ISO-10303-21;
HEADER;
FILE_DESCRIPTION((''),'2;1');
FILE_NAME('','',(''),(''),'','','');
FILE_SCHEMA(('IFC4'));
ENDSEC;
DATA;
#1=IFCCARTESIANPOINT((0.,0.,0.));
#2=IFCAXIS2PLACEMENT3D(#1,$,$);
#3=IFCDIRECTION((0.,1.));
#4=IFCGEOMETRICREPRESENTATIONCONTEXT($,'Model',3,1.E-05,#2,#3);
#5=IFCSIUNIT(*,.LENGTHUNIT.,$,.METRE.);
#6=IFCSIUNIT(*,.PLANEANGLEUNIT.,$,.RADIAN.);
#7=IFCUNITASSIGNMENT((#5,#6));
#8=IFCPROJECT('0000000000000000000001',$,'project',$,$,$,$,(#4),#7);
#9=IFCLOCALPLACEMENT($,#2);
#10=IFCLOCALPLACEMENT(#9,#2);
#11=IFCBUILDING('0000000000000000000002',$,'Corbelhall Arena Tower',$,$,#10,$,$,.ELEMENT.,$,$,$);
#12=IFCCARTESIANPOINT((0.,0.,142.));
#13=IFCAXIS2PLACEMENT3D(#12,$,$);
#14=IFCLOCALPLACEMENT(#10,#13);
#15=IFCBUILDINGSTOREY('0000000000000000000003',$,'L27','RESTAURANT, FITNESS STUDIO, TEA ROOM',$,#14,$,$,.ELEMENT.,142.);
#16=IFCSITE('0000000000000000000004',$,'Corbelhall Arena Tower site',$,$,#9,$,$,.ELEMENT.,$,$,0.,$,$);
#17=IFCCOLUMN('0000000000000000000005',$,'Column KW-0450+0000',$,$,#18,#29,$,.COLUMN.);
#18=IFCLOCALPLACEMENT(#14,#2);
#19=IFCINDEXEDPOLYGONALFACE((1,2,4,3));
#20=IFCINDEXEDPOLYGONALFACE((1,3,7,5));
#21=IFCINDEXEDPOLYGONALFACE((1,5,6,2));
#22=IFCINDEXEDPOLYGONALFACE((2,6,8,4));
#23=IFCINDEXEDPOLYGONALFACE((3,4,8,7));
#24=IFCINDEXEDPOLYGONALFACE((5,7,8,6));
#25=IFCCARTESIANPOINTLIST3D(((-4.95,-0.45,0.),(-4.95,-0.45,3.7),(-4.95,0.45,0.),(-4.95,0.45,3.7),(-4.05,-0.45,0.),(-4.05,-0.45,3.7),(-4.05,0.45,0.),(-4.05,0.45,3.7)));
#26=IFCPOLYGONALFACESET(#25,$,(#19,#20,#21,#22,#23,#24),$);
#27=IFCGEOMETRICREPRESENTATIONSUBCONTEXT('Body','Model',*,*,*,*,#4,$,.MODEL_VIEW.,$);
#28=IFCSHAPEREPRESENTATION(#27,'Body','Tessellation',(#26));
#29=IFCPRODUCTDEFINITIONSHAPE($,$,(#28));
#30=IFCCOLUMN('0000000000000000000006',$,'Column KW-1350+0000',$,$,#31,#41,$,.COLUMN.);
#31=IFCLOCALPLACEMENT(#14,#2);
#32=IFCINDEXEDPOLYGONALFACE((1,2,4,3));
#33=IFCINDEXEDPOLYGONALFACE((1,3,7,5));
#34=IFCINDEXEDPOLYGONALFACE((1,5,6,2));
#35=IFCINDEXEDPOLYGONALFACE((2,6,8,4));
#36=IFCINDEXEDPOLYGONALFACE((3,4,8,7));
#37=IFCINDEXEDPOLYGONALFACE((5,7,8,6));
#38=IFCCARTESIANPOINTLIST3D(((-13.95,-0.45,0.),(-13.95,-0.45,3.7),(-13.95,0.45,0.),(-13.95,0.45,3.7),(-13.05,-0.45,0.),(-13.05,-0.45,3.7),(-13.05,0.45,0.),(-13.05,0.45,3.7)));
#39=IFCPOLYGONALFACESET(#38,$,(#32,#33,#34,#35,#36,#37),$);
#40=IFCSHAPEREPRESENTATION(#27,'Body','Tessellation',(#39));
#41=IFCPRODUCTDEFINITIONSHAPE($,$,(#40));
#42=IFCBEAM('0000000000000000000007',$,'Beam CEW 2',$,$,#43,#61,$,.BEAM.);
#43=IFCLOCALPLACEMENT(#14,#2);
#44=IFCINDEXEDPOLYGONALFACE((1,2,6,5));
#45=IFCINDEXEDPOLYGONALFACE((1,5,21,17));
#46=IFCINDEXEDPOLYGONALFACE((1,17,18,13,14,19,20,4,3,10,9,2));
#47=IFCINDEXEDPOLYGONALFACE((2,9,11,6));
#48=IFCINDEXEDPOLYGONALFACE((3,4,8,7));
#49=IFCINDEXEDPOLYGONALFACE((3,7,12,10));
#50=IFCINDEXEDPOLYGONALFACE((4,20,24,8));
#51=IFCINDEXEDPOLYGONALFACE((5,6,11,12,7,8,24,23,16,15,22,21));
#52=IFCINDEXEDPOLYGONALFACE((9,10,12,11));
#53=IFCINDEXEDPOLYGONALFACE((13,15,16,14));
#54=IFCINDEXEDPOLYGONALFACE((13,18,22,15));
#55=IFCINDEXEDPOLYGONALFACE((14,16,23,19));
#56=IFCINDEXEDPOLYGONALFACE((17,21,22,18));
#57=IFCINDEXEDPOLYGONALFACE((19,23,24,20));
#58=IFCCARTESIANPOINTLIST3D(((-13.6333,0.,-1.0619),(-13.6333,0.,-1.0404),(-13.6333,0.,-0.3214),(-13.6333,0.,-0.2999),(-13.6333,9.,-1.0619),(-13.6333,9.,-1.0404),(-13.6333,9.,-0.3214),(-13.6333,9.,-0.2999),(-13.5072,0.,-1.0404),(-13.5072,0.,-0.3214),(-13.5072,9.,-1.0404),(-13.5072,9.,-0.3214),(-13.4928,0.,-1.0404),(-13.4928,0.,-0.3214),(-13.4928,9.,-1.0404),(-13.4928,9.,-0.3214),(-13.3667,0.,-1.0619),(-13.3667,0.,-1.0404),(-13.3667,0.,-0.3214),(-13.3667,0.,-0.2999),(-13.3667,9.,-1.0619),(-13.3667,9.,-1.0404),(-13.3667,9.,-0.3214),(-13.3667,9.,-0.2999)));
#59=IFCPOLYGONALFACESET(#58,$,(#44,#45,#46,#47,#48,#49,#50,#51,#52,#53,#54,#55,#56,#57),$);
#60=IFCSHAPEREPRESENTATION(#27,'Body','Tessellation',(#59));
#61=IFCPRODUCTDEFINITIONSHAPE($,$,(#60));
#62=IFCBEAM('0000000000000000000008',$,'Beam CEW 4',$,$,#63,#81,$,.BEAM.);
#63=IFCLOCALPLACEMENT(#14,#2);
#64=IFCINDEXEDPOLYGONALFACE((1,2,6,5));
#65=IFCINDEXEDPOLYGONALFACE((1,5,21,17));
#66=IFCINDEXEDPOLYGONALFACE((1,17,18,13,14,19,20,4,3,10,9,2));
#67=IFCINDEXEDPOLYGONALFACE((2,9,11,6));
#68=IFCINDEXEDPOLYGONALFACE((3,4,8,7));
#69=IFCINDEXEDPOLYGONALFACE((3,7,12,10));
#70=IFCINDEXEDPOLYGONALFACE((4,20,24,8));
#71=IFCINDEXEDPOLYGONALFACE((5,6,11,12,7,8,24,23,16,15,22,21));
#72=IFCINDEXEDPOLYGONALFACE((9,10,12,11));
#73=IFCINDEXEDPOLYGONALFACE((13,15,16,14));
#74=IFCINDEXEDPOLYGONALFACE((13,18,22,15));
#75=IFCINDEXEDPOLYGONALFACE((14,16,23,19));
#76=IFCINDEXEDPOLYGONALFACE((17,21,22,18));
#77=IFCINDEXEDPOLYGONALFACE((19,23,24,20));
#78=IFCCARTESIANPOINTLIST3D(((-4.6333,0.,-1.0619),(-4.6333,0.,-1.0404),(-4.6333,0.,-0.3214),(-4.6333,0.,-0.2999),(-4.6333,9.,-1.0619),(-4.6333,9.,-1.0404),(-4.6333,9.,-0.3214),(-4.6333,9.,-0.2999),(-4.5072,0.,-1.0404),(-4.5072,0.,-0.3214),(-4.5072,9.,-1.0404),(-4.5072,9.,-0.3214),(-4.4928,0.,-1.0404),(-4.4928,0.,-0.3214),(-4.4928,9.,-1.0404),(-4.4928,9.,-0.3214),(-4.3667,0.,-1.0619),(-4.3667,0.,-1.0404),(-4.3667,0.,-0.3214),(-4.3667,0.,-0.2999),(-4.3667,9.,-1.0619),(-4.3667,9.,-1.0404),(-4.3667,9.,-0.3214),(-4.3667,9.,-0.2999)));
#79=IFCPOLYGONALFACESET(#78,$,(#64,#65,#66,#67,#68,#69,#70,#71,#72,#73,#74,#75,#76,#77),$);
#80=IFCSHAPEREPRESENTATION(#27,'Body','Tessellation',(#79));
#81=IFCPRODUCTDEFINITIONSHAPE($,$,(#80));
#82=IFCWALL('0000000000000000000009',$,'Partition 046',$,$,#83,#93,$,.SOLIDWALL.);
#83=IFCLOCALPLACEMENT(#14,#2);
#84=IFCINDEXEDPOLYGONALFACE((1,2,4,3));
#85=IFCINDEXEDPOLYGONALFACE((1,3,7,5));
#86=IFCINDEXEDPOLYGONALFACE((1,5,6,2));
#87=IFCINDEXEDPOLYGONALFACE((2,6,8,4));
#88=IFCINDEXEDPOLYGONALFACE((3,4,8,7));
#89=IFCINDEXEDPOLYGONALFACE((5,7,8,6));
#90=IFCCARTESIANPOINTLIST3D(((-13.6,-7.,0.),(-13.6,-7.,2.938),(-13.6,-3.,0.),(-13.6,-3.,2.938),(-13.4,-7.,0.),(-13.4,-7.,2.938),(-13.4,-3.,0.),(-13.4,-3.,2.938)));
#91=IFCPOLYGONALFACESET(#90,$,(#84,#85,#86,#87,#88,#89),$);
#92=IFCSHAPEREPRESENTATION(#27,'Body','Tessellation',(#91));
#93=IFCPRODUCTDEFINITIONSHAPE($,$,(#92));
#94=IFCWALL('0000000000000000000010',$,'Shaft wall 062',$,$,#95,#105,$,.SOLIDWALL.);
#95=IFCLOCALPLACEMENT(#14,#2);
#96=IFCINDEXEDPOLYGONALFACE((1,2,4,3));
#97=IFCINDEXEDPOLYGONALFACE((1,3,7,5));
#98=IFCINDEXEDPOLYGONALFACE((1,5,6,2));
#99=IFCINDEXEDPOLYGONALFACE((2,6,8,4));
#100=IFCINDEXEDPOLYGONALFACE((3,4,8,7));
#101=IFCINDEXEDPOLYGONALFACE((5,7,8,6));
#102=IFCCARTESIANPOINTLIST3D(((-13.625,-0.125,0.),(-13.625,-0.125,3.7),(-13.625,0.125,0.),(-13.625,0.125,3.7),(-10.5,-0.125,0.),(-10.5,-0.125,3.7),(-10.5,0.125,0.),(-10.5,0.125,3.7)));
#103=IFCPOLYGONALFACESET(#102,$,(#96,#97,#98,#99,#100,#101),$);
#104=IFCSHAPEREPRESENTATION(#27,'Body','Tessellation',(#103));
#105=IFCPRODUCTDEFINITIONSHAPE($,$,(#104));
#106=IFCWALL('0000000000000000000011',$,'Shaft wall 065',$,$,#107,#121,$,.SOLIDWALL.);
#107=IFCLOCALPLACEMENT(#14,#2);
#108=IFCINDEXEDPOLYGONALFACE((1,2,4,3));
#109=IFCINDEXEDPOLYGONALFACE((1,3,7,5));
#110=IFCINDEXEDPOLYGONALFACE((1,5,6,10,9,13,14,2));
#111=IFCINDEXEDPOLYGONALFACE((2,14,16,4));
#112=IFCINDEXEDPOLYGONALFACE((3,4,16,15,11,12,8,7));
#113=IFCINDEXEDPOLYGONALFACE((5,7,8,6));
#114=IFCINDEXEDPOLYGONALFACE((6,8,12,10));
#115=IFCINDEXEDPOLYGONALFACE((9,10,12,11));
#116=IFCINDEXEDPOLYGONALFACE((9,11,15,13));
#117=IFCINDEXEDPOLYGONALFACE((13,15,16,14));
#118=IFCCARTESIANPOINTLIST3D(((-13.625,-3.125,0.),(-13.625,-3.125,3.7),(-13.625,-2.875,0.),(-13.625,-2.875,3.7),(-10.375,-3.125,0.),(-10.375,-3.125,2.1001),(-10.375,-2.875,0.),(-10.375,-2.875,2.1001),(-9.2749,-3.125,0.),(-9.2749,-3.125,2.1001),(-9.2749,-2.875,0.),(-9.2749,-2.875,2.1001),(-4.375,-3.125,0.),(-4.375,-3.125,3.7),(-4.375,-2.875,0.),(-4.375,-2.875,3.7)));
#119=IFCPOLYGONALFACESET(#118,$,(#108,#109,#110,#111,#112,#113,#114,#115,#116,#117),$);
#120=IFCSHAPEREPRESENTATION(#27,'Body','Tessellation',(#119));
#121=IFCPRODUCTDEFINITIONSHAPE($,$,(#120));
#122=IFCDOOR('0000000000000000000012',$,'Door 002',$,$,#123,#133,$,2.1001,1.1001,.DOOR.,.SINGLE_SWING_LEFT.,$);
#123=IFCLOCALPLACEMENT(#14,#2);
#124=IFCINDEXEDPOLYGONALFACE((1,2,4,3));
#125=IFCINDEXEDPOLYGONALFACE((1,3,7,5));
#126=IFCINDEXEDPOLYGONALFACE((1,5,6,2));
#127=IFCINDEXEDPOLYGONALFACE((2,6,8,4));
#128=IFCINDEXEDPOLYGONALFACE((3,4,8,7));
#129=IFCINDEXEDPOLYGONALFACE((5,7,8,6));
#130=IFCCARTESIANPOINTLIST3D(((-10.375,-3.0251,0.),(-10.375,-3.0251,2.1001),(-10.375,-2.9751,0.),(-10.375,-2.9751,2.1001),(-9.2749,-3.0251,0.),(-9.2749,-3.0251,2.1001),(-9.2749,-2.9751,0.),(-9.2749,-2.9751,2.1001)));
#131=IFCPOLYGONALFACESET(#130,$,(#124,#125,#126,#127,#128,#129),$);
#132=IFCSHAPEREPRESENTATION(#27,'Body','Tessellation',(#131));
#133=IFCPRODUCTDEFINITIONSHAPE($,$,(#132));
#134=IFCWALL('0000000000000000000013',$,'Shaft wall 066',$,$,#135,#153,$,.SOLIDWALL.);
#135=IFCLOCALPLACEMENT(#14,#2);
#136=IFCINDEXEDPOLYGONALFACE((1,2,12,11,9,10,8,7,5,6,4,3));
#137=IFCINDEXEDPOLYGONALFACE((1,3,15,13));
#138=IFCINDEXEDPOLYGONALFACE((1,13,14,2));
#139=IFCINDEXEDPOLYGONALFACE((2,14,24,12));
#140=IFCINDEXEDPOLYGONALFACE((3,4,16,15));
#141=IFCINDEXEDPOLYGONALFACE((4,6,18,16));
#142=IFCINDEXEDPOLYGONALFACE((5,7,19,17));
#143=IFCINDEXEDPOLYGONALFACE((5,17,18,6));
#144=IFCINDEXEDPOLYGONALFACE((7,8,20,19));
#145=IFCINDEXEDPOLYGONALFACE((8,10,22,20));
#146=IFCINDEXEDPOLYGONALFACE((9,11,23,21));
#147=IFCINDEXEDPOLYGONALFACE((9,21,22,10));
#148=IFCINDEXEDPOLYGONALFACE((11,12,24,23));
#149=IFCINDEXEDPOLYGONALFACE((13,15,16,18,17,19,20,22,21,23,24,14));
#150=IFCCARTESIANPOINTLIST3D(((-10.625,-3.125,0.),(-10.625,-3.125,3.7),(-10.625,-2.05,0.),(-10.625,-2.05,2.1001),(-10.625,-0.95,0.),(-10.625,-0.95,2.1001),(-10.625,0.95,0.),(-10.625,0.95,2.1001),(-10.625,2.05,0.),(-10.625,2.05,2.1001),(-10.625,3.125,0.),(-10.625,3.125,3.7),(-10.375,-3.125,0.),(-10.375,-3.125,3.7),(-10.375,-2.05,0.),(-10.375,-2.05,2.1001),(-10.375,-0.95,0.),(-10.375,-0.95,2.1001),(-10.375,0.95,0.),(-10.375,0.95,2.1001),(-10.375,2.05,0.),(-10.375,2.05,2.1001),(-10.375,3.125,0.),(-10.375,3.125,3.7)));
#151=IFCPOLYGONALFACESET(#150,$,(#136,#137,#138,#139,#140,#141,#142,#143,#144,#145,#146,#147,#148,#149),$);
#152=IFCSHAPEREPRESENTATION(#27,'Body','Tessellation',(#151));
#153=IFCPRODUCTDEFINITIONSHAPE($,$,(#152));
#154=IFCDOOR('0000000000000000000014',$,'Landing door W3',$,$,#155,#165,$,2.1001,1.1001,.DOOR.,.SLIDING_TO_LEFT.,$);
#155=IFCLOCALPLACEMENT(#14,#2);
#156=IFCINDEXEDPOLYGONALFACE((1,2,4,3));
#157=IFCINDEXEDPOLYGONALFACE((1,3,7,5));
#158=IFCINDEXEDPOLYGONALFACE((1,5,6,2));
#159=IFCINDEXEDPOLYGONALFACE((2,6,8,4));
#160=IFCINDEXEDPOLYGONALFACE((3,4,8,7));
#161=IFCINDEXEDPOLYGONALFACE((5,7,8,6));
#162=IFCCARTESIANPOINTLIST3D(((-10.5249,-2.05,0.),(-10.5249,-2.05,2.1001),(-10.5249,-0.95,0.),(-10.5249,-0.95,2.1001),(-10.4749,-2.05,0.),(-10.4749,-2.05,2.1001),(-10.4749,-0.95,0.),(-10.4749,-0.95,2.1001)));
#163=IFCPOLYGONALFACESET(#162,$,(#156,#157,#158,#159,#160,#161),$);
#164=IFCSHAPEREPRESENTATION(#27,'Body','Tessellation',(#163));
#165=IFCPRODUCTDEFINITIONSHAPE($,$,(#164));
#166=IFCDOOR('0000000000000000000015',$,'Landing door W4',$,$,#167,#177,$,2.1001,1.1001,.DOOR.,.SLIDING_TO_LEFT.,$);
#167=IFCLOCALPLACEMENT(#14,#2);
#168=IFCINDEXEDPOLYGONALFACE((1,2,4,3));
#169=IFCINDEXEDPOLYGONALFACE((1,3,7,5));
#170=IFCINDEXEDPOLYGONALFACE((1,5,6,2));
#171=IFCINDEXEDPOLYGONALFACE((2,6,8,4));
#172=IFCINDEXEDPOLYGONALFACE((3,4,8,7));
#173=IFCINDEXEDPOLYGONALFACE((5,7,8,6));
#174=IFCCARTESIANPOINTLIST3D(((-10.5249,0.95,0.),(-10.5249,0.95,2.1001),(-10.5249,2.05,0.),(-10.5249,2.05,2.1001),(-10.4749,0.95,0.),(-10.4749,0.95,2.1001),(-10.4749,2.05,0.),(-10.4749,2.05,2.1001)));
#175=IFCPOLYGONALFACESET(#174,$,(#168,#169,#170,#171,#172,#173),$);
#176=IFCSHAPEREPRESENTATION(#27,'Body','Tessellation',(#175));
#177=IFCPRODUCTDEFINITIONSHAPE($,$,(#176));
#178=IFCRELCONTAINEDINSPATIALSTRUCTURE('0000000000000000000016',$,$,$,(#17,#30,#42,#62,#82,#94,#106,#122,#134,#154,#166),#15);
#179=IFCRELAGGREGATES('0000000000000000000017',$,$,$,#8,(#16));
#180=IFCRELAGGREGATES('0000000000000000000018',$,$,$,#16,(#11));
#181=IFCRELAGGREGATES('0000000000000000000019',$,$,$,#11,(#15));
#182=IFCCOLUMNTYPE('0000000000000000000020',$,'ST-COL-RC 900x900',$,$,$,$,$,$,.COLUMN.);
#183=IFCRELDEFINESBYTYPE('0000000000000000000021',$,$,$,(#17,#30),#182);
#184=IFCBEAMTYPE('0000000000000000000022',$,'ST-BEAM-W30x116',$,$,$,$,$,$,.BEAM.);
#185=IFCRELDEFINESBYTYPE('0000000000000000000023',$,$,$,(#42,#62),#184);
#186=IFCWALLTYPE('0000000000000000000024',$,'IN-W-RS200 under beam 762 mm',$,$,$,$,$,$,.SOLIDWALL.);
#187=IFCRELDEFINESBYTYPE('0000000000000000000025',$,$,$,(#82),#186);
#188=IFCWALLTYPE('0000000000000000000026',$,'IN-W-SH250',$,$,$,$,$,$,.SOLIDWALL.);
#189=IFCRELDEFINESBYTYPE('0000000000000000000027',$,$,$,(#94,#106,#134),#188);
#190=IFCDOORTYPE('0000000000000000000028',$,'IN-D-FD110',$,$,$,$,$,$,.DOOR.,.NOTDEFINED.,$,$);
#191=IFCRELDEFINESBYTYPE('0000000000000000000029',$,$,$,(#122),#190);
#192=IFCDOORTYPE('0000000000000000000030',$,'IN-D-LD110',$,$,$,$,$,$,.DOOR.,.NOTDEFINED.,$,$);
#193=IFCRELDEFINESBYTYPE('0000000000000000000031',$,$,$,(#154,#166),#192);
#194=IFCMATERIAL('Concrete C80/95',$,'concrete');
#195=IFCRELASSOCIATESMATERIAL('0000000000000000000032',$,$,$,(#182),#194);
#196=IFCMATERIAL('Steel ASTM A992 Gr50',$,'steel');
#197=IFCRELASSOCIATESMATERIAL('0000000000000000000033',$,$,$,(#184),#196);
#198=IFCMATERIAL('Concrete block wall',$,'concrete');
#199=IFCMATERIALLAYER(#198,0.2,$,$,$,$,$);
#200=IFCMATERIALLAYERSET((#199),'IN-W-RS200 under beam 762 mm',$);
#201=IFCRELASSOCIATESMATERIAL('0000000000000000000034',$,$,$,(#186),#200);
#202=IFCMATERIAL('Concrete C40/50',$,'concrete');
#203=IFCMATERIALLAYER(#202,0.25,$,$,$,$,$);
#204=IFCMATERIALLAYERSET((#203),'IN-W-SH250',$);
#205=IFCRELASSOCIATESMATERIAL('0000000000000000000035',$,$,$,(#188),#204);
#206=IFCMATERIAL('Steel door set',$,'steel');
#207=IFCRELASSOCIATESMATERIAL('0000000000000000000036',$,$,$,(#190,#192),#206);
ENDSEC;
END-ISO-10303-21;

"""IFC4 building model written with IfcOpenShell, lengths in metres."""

from ifc_helpers import new_model, si_unit, direction, frame, frame_2d, origin, origin_2d, place, context, subcontext, project, spatial, rectangle, i_section, extrude, material, layer, layer_set, material_profile, profile_set, type_object, element, fill, save


model = new_model("IFC4")

# Units and contexts
model_context = context("Model", 3, precision=1e-05, world=origin(), true_north=direction((0.0, 1.0)))
body_context = subcontext(model_context, "Body", "Model", "MODEL_VIEW")
ifc_project = project(units=[si_unit("LENGTHUNIT", "METRE"), si_unit("PLANEANGLEUNIT", "RADIAN")], contexts=[model_context])

# Site, building, storey
site_placement = place(None, origin())
site = spatial("IfcSite", under=ifc_project, at=site_placement, Name="Corbelhall Arena Tower site", CompositionType="ELEMENT", RefElevation=0.0)
building_placement = place(site_placement, origin())
building = spatial("IfcBuilding", under=site, at=building_placement, Name="Corbelhall Arena Tower", CompositionType="ELEMENT")
storey_placement = place(building_placement, frame((0.0, 0.0, 142.0)))
storey = spatial("IfcBuildingStorey", under=building, at=storey_placement, Name="L27", Description="RESTAURANT, FITNESS STUDIO, TEA ROOM", CompositionType="ELEMENT", Elevation=142.0)

# Columns
ifc_material_1 = material(Name="Concrete C80/95", Category="concrete")
ifc_material_profile_1 = material_profile(ifc_material_1, rectangle(XDim=0.8999, YDim=0.8999, at=origin_2d()))
ifc_profile_set_1 = profile_set([ifc_material_profile_1], Name="Concrete C80/95")
column_type = type_object("IfcColumnType", Name="ST-COL-RC 900x900", PredefinedType="COLUMN", material=ifc_profile_set_1)
for number, where, z_axis, x_axis, name in (
    (1, (-4.5, 0.0, 0.0), (0.0, 0.0, 1.0), (1.0, 0.0, 0.0), "Column KW-0450+0000"),
    (2, (-13.5, 0.0, 0.0), (0.0, 0.0, 1.0), (1.0, 0.0, 0.0), "Column KW-1350+0000"),
):
    element("IfcColumn", number, at=place(storey_placement, frame(where, z_axis=z_axis, x_axis=x_axis)), inside=storey, type_object=column_type, Name=name, PredefinedType="COLUMN", context=body_context, shape_type="SweptSolid", body=[
        extrude(rectangle(XDim=0.8999, YDim=0.8999, at=origin_2d()), origin(), (0.0, 0.0, 1.0), 3.7),
    ])

# Beams
ifc_material_2 = material(Name="Steel ASTM A992 Gr50", Category="steel")
ifc_material_profile_2 = material_profile(ifc_material_2, i_section(OverallWidth=0.2666, OverallDepth=0.762, WebThickness=0.0144, FlangeThickness=0.0215, at=origin_2d()))
ifc_profile_set_2 = profile_set([ifc_material_profile_2], Name="Steel ASTM A992 Gr50")
beam_type = type_object("IfcBeamType", Name="ST-BEAM-W30x116", PredefinedType="BEAM", material=ifc_profile_set_2)
for number, where, z_axis, x_axis, name in (
    (3, (-13.5, 0.0, -0.6809), (0.0, 1.0, 0.0), (-1.0, 0.0, 0.0), "Beam CEW 2"),
    (4, (-4.5, 0.0, -0.6809), (0.0, 1.0, 0.0), (-1.0, 0.0, 0.0), "Beam CEW 4"),
):
    element("IfcBeam", number, at=place(storey_placement, frame(where, z_axis=z_axis, x_axis=x_axis)), inside=storey, type_object=beam_type, Name=name, PredefinedType="BEAM", context=body_context, shape_type="SweptSolid", body=[
        extrude(i_section(OverallWidth=0.2666, OverallDepth=0.762, WebThickness=0.0144, FlangeThickness=0.0215, at=origin_2d()), origin(), (0.0, 0.0, 1.0), 9.0),
    ])

# Walls
ifc_material_3 = material(Name="Concrete block wall", Category="concrete")
ifc_layer_1 = layer(ifc_material_3, 0.2)
ifc_layer_set_1 = layer_set([ifc_layer_1], Name="IN-W-RS200 under beam 762 mm")
wall_type_1 = type_object("IfcWallType", Name="IN-W-RS200 under beam 762 mm", PredefinedType="SOLIDWALL", material=ifc_layer_set_1)
wall_1_placement = place(storey_placement, frame((-13.5, -7.0, 0.0), z_axis=(0.0, 0.0, 1.0), x_axis=(0.0, 1.0, 0.0)))
element("IfcWall", 5, at=wall_1_placement, inside=storey, type_object=wall_type_1, Name="Partition 046", PredefinedType="SOLIDWALL", context=body_context, shape_type="SweptSolid", body=[
    extrude(rectangle(XDim=4.0, YDim=0.2, at=frame_2d((2.0, 0.0))), origin(), (0.0, 0.0, 1.0), 2.938),
])
ifc_material_4 = material(Name="Concrete C40/50", Category="concrete")
ifc_layer_2 = layer(ifc_material_4, 0.25)
ifc_layer_set_2 = layer_set([ifc_layer_2], Name="IN-W-SH250")
wall_type_2 = type_object("IfcWallType", Name="IN-W-SH250", PredefinedType="SOLIDWALL", material=ifc_layer_set_2)
wall_2_placement = place(storey_placement, frame((-13.625, 0.0, 0.0), z_axis=(0.0, 0.0, 1.0), x_axis=(1.0, 0.0, 0.0)))
element("IfcWall", 6, at=wall_2_placement, inside=storey, type_object=wall_type_2, Name="Shaft wall 062", PredefinedType="SOLIDWALL", context=body_context, shape_type="SweptSolid", body=[
    extrude(rectangle(XDim=3.125, YDim=0.25, at=frame_2d((1.5625, 0.0))), origin(), (0.0, 0.0, 1.0), 3.7),
])

# Wall, opening, door
wall_3_placement = place(storey_placement, frame((-13.625, -3.0, 0.0), z_axis=(0.0, 0.0, 1.0), x_axis=(1.0, 0.0, 0.0)))
wall_3 = element("IfcWall", 7, at=wall_3_placement, inside=storey, type_object=wall_type_2, Name="Shaft wall 065", PredefinedType="SOLIDWALL", context=body_context, shape_type="SweptSolid", body=[
    extrude(rectangle(XDim=9.25, YDim=0.25, at=frame_2d((4.625, 0.0))), origin(), (0.0, 0.0, 1.0), 3.7),
])
opening_1_placement = place(wall_3_placement, frame((3.25, 0.0, 0.0)))
opening_1 = element("IfcOpeningElement", 8, at=opening_1_placement, cuts=wall_3, PredefinedType="OPENING", context=body_context, shape_type="SweptSolid", body=[
    extrude(rectangle(XDim=1.1001, YDim=2.1001, at=frame_2d((0.55, 1.05))), frame((0.0, 0.125, 0.0), z_axis=(0.0, -1.0, 0.0), x_axis=(1.0, 0.0, 0.0)), (0.0, 0.0, 1.0), 0.25),
])
ifc_material_5 = material(Name="Steel door set", Category="steel")
door_type_1 = type_object("IfcDoorType", Name="IN-D-FD110", OperationType="NOTDEFINED", PredefinedType="DOOR", material=ifc_material_5)
door_1_placement = place(opening_1_placement, origin())
door_1 = element("IfcDoor", 9, at=door_1_placement, inside=storey, type_object=door_type_1, Name="Door 002", OperationType="SINGLE_SWING_LEFT", OverallHeight=2.1001, OverallWidth=1.1001, PredefinedType="DOOR", context=body_context, shape_type="SweptSolid", body=[
    extrude(rectangle(XDim=1.1001, YDim=2.1001, at=frame_2d((0.55, 1.05))), frame((0.0, 0.0249, 0.0), z_axis=(0.0, -1.0, 0.0), x_axis=(1.0, 0.0, 0.0)), (0.0, 0.0, 1.0), 0.05),
])
fill(opening_1, door_1)

# Wall, openings, doors
wall_4_placement = place(storey_placement, frame((-10.5, -3.125, 0.0), z_axis=(0.0, 0.0, 1.0), x_axis=(0.0, 1.0, 0.0)))
wall_4 = element("IfcWall", 10, at=wall_4_placement, inside=storey, type_object=wall_type_2, Name="Shaft wall 066", PredefinedType="SOLIDWALL", context=body_context, shape_type="SweptSolid", body=[
    extrude(rectangle(XDim=6.25, YDim=0.25, at=frame_2d((3.125, 0.0))), origin(), (0.0, 0.0, 1.0), 3.7),
])
opening_2_placement = place(wall_4_placement, frame((1.075, 0.0, 0.0)))
opening_2 = element("IfcOpeningElement", 11, at=opening_2_placement, cuts=wall_4, PredefinedType="OPENING", context=body_context, shape_type="SweptSolid", body=[
    extrude(rectangle(XDim=1.1001, YDim=2.1001, at=frame_2d((0.55, 1.05))), frame((0.0, 0.125, 0.0), z_axis=(0.0, -1.0, 0.0), x_axis=(1.0, 0.0, 0.0)), (0.0, 0.0, 1.0), 0.25),
])
opening_3_placement = place(wall_4_placement, frame((4.075, 0.0, 0.0)))
opening_3 = element("IfcOpeningElement", 12, at=opening_3_placement, cuts=wall_4, PredefinedType="OPENING", context=body_context, shape_type="SweptSolid", body=[
    extrude(rectangle(XDim=1.1001, YDim=2.1001, at=frame_2d((0.55, 1.05))), frame((0.0, 0.125, 0.0), z_axis=(0.0, -1.0, 0.0), x_axis=(1.0, 0.0, 0.0)), (0.0, 0.0, 1.0), 0.25),
])
door_type_2 = type_object("IfcDoorType", Name="IN-D-LD110", OperationType="NOTDEFINED", PredefinedType="DOOR", material=ifc_material_5)
door_2_placement = place(opening_2_placement, origin())
door_2 = element("IfcDoor", 13, at=door_2_placement, inside=storey, type_object=door_type_2, Name="Landing door W3", OperationType="SLIDING_TO_LEFT", OverallHeight=2.1001, OverallWidth=1.1001, PredefinedType="DOOR", context=body_context, shape_type="SweptSolid", body=[
    extrude(rectangle(XDim=1.1001, YDim=2.1001, at=frame_2d((0.55, 1.05))), frame((0.0, 0.0249, 0.0), z_axis=(0.0, -1.0, 0.0), x_axis=(1.0, 0.0, 0.0)), (0.0, 0.0, 1.0), 0.05),
])
fill(opening_2, door_2)
door_3_placement = place(opening_3_placement, origin())
door_3 = element("IfcDoor", 14, at=door_3_placement, inside=storey, type_object=door_type_2, Name="Landing door W4", OperationType="SLIDING_TO_LEFT", OverallHeight=2.1001, OverallWidth=1.1001, PredefinedType="DOOR", context=body_context, shape_type="SweptSolid", body=[
    extrude(rectangle(XDim=1.1001, YDim=2.1001, at=frame_2d((0.55, 1.05))), frame((0.0, 0.0249, 0.0), z_axis=(0.0, -1.0, 0.0), x_axis=(1.0, 0.0, 0.0)), (0.0, 0.0, 1.0), 0.05),
])
fill(opening_3, door_3)

save(model, "model.ifc")
